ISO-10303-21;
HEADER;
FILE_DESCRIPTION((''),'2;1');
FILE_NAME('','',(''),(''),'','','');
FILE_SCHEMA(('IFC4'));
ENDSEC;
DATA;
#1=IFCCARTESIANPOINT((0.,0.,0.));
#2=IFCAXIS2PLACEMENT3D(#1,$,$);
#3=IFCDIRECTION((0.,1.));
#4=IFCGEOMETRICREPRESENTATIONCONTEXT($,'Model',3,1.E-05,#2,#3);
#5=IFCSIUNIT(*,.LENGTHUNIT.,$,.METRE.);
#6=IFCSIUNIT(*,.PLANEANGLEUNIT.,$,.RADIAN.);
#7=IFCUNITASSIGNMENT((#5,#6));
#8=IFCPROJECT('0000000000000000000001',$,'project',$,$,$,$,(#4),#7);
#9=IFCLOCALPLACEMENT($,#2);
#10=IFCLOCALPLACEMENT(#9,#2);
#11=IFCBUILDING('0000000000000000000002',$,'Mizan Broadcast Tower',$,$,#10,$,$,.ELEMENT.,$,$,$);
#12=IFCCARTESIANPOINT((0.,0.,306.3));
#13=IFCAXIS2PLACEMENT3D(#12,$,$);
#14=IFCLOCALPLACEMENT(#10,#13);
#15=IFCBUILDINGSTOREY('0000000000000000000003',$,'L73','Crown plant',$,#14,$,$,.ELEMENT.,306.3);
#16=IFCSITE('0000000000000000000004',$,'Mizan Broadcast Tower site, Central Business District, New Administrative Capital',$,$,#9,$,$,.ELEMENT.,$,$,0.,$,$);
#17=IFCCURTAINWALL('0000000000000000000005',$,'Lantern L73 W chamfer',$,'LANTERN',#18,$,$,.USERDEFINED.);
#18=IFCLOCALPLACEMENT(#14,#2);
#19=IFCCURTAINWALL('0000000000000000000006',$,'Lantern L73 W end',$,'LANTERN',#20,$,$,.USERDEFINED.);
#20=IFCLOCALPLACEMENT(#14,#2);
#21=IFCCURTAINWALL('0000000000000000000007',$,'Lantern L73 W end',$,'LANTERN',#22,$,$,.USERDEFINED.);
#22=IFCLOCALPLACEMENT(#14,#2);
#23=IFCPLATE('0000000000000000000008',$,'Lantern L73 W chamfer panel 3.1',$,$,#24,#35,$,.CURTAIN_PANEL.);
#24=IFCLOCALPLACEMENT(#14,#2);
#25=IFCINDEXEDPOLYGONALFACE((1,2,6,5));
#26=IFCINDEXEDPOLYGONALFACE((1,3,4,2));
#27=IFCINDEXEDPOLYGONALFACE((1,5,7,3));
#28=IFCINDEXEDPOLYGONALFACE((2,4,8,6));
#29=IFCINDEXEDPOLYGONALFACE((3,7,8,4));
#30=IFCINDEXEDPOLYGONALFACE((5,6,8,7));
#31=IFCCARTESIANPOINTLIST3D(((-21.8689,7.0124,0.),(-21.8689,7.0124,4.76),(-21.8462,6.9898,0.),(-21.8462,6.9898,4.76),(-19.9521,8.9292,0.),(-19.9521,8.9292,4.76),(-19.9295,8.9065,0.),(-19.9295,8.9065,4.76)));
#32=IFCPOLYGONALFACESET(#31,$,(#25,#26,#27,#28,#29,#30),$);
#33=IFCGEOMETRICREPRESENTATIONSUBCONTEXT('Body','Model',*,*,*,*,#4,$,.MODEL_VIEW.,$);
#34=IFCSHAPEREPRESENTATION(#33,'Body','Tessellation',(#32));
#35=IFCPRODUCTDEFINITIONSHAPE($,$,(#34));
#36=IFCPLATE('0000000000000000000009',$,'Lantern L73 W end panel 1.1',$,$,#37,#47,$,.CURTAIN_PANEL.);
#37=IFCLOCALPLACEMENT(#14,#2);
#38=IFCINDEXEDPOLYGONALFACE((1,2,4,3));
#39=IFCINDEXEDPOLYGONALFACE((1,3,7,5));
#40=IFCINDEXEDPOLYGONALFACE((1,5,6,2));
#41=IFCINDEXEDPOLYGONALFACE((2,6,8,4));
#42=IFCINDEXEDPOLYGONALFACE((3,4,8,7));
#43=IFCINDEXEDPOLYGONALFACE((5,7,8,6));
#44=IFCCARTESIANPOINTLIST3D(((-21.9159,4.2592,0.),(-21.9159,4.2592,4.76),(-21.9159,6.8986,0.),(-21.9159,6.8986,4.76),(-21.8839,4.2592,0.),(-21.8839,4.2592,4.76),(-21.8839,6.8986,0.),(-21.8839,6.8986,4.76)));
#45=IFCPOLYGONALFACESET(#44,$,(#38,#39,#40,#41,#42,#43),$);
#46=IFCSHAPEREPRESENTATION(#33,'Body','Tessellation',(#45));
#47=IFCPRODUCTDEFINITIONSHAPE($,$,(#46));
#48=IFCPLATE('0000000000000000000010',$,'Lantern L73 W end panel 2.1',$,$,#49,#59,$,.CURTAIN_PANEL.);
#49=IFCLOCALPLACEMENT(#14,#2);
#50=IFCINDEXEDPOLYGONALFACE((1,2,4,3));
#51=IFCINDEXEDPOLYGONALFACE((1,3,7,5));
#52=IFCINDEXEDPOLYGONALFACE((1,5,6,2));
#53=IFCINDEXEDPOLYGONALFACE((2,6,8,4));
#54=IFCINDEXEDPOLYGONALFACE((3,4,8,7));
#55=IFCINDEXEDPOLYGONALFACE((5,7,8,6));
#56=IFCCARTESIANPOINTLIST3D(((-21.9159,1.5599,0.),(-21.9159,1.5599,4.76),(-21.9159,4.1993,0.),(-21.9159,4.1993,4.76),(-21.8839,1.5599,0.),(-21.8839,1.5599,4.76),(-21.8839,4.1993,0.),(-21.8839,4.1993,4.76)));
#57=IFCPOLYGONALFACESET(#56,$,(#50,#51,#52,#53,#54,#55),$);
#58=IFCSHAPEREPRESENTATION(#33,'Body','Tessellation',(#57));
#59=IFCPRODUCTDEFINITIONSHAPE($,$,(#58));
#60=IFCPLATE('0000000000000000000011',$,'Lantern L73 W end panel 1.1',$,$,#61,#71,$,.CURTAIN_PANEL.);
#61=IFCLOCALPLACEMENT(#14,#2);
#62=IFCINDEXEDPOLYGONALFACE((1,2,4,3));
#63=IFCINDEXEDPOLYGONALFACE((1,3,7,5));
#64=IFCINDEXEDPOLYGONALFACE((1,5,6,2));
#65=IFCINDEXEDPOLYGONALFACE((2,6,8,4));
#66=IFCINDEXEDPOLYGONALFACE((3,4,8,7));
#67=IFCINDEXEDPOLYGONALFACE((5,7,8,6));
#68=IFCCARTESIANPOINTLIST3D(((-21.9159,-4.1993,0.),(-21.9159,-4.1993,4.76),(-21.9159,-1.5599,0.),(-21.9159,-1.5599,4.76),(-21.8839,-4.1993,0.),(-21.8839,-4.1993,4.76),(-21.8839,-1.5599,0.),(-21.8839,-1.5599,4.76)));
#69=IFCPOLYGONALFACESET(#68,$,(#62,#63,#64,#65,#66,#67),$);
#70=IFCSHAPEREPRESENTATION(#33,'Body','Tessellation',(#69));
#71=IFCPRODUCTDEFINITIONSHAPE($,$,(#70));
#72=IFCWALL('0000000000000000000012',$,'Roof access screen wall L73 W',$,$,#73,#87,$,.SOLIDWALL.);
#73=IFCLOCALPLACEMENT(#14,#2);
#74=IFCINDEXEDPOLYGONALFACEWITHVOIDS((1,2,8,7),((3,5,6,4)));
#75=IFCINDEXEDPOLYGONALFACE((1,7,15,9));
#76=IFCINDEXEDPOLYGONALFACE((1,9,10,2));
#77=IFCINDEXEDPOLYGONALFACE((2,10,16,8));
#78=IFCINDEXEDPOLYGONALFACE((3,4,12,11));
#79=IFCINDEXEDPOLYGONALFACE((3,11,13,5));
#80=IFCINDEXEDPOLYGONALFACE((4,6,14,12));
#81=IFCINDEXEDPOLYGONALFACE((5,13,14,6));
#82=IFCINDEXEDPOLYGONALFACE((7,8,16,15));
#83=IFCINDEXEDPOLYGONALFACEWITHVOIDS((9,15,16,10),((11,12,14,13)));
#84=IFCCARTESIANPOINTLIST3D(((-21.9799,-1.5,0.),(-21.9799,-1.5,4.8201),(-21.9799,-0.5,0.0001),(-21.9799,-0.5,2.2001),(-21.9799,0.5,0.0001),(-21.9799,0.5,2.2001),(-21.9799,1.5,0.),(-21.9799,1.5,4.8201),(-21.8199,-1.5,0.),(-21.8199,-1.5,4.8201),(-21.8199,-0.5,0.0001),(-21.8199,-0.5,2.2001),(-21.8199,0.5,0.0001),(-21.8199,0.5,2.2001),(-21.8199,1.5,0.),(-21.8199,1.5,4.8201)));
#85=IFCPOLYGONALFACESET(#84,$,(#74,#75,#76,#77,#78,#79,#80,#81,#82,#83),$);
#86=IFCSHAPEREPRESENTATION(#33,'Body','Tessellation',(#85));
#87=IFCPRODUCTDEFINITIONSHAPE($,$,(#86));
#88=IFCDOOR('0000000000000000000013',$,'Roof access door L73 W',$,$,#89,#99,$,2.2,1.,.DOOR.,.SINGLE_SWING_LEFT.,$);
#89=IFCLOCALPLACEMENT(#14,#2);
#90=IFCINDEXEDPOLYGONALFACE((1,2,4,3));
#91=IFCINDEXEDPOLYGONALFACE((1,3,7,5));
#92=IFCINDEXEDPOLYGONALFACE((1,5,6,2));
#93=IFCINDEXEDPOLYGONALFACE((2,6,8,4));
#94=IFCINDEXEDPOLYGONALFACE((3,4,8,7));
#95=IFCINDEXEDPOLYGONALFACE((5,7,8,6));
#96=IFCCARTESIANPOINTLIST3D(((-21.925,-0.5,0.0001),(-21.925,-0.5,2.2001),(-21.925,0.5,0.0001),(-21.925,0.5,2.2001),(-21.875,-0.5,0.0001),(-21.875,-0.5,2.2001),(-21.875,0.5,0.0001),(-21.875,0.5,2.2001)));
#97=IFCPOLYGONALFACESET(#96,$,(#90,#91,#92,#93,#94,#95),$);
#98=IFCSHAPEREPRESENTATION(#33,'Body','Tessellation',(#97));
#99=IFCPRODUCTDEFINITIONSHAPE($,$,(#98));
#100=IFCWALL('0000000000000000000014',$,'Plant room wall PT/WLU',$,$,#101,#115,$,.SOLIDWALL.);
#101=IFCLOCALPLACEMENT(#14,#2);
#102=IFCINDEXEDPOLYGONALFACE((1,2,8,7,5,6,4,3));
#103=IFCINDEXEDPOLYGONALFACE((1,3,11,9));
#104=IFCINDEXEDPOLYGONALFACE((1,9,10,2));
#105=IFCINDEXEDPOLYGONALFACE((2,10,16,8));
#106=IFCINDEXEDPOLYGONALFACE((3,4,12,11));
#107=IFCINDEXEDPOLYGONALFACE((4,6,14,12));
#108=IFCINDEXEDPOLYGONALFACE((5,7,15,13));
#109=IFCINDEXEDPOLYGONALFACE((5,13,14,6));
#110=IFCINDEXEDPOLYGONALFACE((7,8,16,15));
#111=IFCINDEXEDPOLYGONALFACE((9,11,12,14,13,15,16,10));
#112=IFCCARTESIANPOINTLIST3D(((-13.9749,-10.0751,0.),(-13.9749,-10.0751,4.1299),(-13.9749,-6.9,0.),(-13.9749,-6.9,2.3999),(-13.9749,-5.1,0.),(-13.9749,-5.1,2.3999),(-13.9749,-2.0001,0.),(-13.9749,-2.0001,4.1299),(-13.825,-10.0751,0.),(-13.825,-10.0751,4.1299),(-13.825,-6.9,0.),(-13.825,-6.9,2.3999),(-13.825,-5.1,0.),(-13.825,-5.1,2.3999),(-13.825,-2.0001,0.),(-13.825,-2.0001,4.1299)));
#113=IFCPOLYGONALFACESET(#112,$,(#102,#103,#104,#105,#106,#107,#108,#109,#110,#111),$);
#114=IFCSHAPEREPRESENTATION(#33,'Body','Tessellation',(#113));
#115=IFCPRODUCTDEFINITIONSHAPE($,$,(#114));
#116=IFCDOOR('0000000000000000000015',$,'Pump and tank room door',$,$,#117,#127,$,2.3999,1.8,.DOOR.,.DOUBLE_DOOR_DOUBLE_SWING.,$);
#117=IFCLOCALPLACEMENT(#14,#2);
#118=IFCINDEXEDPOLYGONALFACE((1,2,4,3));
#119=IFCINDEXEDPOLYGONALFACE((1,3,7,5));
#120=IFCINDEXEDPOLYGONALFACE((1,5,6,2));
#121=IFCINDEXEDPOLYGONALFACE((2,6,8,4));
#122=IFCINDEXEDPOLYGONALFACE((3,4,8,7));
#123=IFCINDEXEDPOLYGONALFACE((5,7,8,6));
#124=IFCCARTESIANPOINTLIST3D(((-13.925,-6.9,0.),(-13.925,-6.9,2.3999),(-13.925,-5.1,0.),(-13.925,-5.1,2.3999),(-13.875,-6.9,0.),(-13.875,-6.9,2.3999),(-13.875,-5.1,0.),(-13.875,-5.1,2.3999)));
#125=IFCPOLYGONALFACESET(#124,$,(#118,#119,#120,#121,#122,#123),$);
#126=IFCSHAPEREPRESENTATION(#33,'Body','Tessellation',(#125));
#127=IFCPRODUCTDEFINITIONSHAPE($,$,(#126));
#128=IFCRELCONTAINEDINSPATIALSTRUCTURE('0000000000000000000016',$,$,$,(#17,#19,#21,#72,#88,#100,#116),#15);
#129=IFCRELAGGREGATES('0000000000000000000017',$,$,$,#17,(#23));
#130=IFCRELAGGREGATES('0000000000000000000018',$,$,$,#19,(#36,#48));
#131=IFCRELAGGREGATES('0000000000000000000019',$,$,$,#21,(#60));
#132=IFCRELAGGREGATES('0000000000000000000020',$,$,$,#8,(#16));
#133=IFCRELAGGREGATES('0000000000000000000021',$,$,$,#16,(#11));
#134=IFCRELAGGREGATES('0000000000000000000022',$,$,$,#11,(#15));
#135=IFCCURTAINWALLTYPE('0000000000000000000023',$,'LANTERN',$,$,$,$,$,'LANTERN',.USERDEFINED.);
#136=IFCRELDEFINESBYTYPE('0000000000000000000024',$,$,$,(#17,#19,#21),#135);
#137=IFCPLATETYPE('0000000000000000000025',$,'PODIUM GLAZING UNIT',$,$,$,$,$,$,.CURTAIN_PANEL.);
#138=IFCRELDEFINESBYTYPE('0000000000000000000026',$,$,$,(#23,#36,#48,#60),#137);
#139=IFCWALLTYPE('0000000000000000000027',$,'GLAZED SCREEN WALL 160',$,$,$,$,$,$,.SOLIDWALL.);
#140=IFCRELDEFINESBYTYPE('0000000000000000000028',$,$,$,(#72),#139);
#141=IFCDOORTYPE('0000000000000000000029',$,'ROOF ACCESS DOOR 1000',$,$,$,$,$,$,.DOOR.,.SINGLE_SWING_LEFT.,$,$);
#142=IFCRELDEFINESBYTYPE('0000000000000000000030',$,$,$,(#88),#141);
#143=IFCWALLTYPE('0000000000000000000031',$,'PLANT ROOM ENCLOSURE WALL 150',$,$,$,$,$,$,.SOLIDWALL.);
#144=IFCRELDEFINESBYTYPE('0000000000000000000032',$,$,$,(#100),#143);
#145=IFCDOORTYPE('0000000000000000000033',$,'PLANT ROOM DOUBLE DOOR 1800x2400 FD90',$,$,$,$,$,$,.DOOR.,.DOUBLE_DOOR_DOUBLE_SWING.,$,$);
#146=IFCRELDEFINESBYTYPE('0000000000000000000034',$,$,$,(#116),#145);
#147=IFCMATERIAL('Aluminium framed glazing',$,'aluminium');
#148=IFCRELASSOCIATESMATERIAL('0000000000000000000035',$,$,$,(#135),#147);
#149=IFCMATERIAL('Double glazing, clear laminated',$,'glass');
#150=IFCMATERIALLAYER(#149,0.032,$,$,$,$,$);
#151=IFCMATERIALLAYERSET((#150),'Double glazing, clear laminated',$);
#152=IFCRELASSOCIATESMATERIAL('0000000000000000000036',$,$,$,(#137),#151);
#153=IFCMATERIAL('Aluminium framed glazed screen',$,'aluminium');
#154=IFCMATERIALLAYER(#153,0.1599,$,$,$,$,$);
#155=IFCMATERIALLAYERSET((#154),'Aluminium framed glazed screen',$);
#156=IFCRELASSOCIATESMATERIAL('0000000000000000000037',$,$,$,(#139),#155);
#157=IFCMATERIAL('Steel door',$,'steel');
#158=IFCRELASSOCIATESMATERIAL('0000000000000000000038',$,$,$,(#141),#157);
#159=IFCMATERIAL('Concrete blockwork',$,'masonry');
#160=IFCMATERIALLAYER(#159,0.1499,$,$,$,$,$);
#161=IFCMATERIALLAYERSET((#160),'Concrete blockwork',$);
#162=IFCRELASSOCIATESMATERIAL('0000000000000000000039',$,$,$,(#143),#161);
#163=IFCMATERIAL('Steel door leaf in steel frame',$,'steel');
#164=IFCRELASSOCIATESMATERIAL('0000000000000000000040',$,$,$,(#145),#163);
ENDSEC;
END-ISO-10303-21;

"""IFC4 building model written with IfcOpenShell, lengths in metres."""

from ifc_helpers import new_model, si_unit, direction, frame, frame_2d, origin, origin_2d, place, context, subcontext, project, spatial, rectangle, extrude, material, layer, layer_set, type_object, element, fill, aggregate, save


model = new_model("IFC4")

# Units and contexts
model_context = context("Model", 3, precision=1e-05, world=origin(), true_north=direction((0.0, 1.0)))
body_context = subcontext(model_context, "Body", "Model", "MODEL_VIEW")
ifc_project = project(units=[si_unit("LENGTHUNIT", "METRE"), si_unit("PLANEANGLEUNIT", "RADIAN")], contexts=[model_context])

# Site, building, storey
site_placement = place(None, origin())
site = spatial("IfcSite", under=ifc_project, at=site_placement, Name="Mizan Broadcast Tower site, Central Business District, New Administrative Capital", CompositionType="ELEMENT", RefElevation=0.0)
building_placement = place(site_placement, origin())
building = spatial("IfcBuilding", under=site, at=building_placement, Name="Mizan Broadcast Tower", CompositionType="ELEMENT")
storey_placement = place(building_placement, frame((0.0, 0.0, 306.3)))
storey = spatial("IfcBuildingStorey", under=building, at=storey_placement, Name="L73", Description="Crown plant", CompositionType="ELEMENT", Elevation=306.3)

# Curtain walls
ifc_material_1 = material(Name="Aluminium framed glazing", Category="aluminium")
curtain_wall_type = type_object("IfcCurtainWallType", Name="LANTERN", ElementType="LANTERN", PredefinedType="USERDEFINED", material=ifc_material_1)
curtain_wall_1_placement = place(storey_placement, origin())
curtain_wall_1 = element("IfcCurtainWall", 1, at=curtain_wall_1_placement, inside=storey, type_object=curtain_wall_type, Name="Lantern L73 W chamfer", ObjectType="LANTERN", PredefinedType="USERDEFINED")
curtain_wall_2_placement = place(storey_placement, origin())
curtain_wall_2 = element("IfcCurtainWall", 2, at=curtain_wall_2_placement, inside=storey, type_object=curtain_wall_type, Name="Lantern L73 W end", ObjectType="LANTERN", PredefinedType="USERDEFINED")
curtain_wall_3_placement = place(storey_placement, origin())
curtain_wall_3 = element("IfcCurtainWall", 3, at=curtain_wall_3_placement, inside=storey, type_object=curtain_wall_type, Name="Lantern L73 W end", ObjectType="LANTERN", PredefinedType="USERDEFINED")

# Plates
ifc_material_2 = material(Name="Double glazing, clear laminated", Category="glass")
ifc_layer_1 = layer(ifc_material_2, 0.032)
ifc_layer_set_1 = layer_set([ifc_layer_1], Name="Double glazing, clear laminated")
plate_type = type_object("IfcPlateType", Name="PODIUM GLAZING UNIT", PredefinedType="CURTAIN_PANEL", material=ifc_layer_set_1)
plate_1_placement = place(storey_placement, frame((-20.8992, 7.9595, 0.0), z_axis=(0.0, 0.0, 1.0), x_axis=(-0.707107, -0.707107, 0.0)))
plate_1 = element("IfcPlate", 4, at=plate_1_placement, type_object=plate_type, Name="Lantern L73 W chamfer panel 3.1", PredefinedType="CURTAIN_PANEL", context=body_context, shape_type="SweptSolid", body=[
    extrude(rectangle(XDim=2.7107, YDim=0.032, at=origin_2d()), origin(), (0.0, 0.0, 1.0), 4.76),
])
aggregate(curtain_wall_1, [plate_1])
plate_2_placement = place(storey_placement, frame((-21.8999, 5.5789, 0.0), z_axis=(0.0, 0.0, 1.0), x_axis=(0.0, -1.0, 0.0)))
plate_2 = element("IfcPlate", 5, at=plate_2_placement, type_object=plate_type, Name="Lantern L73 W end panel 1.1", PredefinedType="CURTAIN_PANEL", context=body_context, shape_type="SweptSolid", body=[
    extrude(rectangle(XDim=2.6394, YDim=0.032, at=origin_2d()), origin(), (0.0, 0.0, 1.0), 4.76),
])
plate_3_placement = place(storey_placement, frame((-21.8999, 2.8796, 0.0), z_axis=(0.0, 0.0, 1.0), x_axis=(0.0, -1.0, 0.0)))
plate_3 = element("IfcPlate", 6, at=plate_3_placement, type_object=plate_type, Name="Lantern L73 W end panel 2.1", PredefinedType="CURTAIN_PANEL", context=body_context, shape_type="SweptSolid", body=[
    extrude(rectangle(XDim=2.6394, YDim=0.032, at=origin_2d()), origin(), (0.0, 0.0, 1.0), 4.76),
])
aggregate(curtain_wall_2, [plate_2, plate_3])
plate_4_placement = place(storey_placement, frame((-21.8999, -2.8796, 0.0), z_axis=(0.0, 0.0, 1.0), x_axis=(0.0, -1.0, 0.0)))
plate_4 = element("IfcPlate", 7, at=plate_4_placement, type_object=plate_type, Name="Lantern L73 W end panel 1.1", PredefinedType="CURTAIN_PANEL", context=body_context, shape_type="SweptSolid", body=[
    extrude(rectangle(XDim=2.6394, YDim=0.032, at=origin_2d()), origin(), (0.0, 0.0, 1.0), 4.76),
])
aggregate(curtain_wall_3, [plate_4])

# Walls, openings, doors
ifc_material_3 = material(Name="Aluminium framed glazed screen", Category="aluminium")
ifc_layer_2 = layer(ifc_material_3, 0.1599)
ifc_layer_set_2 = layer_set([ifc_layer_2], Name="Aluminium framed glazed screen")
wall_type_1 = type_object("IfcWallType", Name="GLAZED SCREEN WALL 160", PredefinedType="SOLIDWALL", material=ifc_layer_set_2)
wall_1_placement = place(storey_placement, frame((-21.8999, 1.5, 0.0), z_axis=(0.0, 0.0, 1.0), x_axis=(0.0, -1.0, 0.0)))
wall_1 = element("IfcWall", 8, at=wall_1_placement, inside=storey, type_object=wall_type_1, Name="Roof access screen wall L73 W", PredefinedType="SOLIDWALL", context=body_context, shape_type="SweptSolid", body=[
    extrude(rectangle(XDim=3.0, YDim=0.1599, at=frame_2d((1.5, 0.0))), origin(), (0.0, 0.0, 1.0), 4.8201),
])
opening_1_placement = place(wall_1_placement, frame((1.0, 0.0, 0.0)))
opening_1 = element("IfcOpeningElement", 9, at=opening_1_placement, cuts=wall_1, PredefinedType="OPENING", context=body_context, shape_type="SweptSolid", body=[
    extrude(rectangle(XDim=1.0, YDim=2.2, at=frame_2d((0.5, 1.1001))), frame((0.0, 0.0898, 0.0), z_axis=(0.0, -1.0, 0.0), x_axis=(1.0, 0.0, 0.0)), (0.0, 0.0, 1.0), 0.1799),
])
ifc_material_4 = material(Name="Steel door", Category="steel")
door_type_1 = type_object("IfcDoorType", Name="ROOF ACCESS DOOR 1000", OperationType="SINGLE_SWING_LEFT", PredefinedType="DOOR", material=ifc_material_4)
door_1_placement = place(opening_1_placement, origin())
door_1 = element("IfcDoor", 10, at=door_1_placement, inside=storey, type_object=door_type_1, Name="Roof access door L73 W", OperationType="SINGLE_SWING_LEFT", OverallHeight=2.2, OverallWidth=1.0, PredefinedType="DOOR", context=body_context, shape_type="SweptSolid", body=[
    extrude(rectangle(XDim=1.0, YDim=2.2, at=frame_2d((0.5, 1.1001))), frame((0.0, 0.0249, 0.0), z_axis=(0.0, -1.0, 0.0), x_axis=(1.0, 0.0, 0.0)), (0.0, 0.0, 1.0), 0.05),
])
fill(opening_1, door_1)
ifc_material_5 = material(Name="Concrete blockwork", Category="masonry")
ifc_layer_3 = layer(ifc_material_5, 0.1499)
ifc_layer_set_3 = layer_set([ifc_layer_3], Name="Concrete blockwork")
wall_type_2 = type_object("IfcWallType", Name="PLANT ROOM ENCLOSURE WALL 150", PredefinedType="SOLIDWALL", material=ifc_layer_set_3)
wall_2_placement = place(storey_placement, frame((-13.8999, -2.0, 0.0), z_axis=(0.0, 0.0, 1.0), x_axis=(0.0, -1.0, 0.0)))
wall_2 = element("IfcWall", 11, at=wall_2_placement, inside=storey, type_object=wall_type_2, Name="Plant room wall PT/WLU", PredefinedType="SOLIDWALL", context=body_context, shape_type="SweptSolid", body=[
    extrude(rectangle(XDim=8.075, YDim=0.1499, at=frame_2d((4.0376, 0.0))), origin(), (0.0, 0.0, 1.0), 4.1299),
])
opening_2_placement = place(wall_2_placement, frame((3.1001, 0.0, 0.0)))
opening_2 = element("IfcOpeningElement", 12, at=opening_2_placement, cuts=wall_2, PredefinedType="OPENING", context=body_context, shape_type="SweptSolid", body=[
    extrude(rectangle(XDim=1.8, YDim=2.3999, at=frame_2d((0.8999, 1.2))), frame((0.0, 0.085, 0.0), z_axis=(0.0, -1.0, 0.0), x_axis=(1.0, 0.0, 0.0)), (0.0, 0.0, 1.0), 0.1699),
])
ifc_material_6 = material(Name="Steel door leaf in steel frame", Category="steel")
door_type_2 = type_object("IfcDoorType", Name="PLANT ROOM DOUBLE DOOR 1800x2400 FD90", OperationType="DOUBLE_DOOR_DOUBLE_SWING", PredefinedType="DOOR", material=ifc_material_6)
door_2_placement = place(opening_2_placement, origin())
door_2 = element("IfcDoor", 13, at=door_2_placement, inside=storey, type_object=door_type_2, Name="Pump and tank room door", OperationType="DOUBLE_DOOR_DOUBLE_SWING", OverallHeight=2.3999, OverallWidth=1.8, PredefinedType="DOOR", context=body_context, shape_type="SweptSolid", body=[
    extrude(rectangle(XDim=1.8, YDim=2.3999, at=frame_2d((0.8999, 1.2))), frame((0.0, 0.0249, 0.0), z_axis=(0.0, -1.0, 0.0), x_axis=(1.0, 0.0, 0.0)), (0.0, 0.0, 1.0), 0.05),
])
fill(opening_2, door_2)

save(model, "model.ifc")
